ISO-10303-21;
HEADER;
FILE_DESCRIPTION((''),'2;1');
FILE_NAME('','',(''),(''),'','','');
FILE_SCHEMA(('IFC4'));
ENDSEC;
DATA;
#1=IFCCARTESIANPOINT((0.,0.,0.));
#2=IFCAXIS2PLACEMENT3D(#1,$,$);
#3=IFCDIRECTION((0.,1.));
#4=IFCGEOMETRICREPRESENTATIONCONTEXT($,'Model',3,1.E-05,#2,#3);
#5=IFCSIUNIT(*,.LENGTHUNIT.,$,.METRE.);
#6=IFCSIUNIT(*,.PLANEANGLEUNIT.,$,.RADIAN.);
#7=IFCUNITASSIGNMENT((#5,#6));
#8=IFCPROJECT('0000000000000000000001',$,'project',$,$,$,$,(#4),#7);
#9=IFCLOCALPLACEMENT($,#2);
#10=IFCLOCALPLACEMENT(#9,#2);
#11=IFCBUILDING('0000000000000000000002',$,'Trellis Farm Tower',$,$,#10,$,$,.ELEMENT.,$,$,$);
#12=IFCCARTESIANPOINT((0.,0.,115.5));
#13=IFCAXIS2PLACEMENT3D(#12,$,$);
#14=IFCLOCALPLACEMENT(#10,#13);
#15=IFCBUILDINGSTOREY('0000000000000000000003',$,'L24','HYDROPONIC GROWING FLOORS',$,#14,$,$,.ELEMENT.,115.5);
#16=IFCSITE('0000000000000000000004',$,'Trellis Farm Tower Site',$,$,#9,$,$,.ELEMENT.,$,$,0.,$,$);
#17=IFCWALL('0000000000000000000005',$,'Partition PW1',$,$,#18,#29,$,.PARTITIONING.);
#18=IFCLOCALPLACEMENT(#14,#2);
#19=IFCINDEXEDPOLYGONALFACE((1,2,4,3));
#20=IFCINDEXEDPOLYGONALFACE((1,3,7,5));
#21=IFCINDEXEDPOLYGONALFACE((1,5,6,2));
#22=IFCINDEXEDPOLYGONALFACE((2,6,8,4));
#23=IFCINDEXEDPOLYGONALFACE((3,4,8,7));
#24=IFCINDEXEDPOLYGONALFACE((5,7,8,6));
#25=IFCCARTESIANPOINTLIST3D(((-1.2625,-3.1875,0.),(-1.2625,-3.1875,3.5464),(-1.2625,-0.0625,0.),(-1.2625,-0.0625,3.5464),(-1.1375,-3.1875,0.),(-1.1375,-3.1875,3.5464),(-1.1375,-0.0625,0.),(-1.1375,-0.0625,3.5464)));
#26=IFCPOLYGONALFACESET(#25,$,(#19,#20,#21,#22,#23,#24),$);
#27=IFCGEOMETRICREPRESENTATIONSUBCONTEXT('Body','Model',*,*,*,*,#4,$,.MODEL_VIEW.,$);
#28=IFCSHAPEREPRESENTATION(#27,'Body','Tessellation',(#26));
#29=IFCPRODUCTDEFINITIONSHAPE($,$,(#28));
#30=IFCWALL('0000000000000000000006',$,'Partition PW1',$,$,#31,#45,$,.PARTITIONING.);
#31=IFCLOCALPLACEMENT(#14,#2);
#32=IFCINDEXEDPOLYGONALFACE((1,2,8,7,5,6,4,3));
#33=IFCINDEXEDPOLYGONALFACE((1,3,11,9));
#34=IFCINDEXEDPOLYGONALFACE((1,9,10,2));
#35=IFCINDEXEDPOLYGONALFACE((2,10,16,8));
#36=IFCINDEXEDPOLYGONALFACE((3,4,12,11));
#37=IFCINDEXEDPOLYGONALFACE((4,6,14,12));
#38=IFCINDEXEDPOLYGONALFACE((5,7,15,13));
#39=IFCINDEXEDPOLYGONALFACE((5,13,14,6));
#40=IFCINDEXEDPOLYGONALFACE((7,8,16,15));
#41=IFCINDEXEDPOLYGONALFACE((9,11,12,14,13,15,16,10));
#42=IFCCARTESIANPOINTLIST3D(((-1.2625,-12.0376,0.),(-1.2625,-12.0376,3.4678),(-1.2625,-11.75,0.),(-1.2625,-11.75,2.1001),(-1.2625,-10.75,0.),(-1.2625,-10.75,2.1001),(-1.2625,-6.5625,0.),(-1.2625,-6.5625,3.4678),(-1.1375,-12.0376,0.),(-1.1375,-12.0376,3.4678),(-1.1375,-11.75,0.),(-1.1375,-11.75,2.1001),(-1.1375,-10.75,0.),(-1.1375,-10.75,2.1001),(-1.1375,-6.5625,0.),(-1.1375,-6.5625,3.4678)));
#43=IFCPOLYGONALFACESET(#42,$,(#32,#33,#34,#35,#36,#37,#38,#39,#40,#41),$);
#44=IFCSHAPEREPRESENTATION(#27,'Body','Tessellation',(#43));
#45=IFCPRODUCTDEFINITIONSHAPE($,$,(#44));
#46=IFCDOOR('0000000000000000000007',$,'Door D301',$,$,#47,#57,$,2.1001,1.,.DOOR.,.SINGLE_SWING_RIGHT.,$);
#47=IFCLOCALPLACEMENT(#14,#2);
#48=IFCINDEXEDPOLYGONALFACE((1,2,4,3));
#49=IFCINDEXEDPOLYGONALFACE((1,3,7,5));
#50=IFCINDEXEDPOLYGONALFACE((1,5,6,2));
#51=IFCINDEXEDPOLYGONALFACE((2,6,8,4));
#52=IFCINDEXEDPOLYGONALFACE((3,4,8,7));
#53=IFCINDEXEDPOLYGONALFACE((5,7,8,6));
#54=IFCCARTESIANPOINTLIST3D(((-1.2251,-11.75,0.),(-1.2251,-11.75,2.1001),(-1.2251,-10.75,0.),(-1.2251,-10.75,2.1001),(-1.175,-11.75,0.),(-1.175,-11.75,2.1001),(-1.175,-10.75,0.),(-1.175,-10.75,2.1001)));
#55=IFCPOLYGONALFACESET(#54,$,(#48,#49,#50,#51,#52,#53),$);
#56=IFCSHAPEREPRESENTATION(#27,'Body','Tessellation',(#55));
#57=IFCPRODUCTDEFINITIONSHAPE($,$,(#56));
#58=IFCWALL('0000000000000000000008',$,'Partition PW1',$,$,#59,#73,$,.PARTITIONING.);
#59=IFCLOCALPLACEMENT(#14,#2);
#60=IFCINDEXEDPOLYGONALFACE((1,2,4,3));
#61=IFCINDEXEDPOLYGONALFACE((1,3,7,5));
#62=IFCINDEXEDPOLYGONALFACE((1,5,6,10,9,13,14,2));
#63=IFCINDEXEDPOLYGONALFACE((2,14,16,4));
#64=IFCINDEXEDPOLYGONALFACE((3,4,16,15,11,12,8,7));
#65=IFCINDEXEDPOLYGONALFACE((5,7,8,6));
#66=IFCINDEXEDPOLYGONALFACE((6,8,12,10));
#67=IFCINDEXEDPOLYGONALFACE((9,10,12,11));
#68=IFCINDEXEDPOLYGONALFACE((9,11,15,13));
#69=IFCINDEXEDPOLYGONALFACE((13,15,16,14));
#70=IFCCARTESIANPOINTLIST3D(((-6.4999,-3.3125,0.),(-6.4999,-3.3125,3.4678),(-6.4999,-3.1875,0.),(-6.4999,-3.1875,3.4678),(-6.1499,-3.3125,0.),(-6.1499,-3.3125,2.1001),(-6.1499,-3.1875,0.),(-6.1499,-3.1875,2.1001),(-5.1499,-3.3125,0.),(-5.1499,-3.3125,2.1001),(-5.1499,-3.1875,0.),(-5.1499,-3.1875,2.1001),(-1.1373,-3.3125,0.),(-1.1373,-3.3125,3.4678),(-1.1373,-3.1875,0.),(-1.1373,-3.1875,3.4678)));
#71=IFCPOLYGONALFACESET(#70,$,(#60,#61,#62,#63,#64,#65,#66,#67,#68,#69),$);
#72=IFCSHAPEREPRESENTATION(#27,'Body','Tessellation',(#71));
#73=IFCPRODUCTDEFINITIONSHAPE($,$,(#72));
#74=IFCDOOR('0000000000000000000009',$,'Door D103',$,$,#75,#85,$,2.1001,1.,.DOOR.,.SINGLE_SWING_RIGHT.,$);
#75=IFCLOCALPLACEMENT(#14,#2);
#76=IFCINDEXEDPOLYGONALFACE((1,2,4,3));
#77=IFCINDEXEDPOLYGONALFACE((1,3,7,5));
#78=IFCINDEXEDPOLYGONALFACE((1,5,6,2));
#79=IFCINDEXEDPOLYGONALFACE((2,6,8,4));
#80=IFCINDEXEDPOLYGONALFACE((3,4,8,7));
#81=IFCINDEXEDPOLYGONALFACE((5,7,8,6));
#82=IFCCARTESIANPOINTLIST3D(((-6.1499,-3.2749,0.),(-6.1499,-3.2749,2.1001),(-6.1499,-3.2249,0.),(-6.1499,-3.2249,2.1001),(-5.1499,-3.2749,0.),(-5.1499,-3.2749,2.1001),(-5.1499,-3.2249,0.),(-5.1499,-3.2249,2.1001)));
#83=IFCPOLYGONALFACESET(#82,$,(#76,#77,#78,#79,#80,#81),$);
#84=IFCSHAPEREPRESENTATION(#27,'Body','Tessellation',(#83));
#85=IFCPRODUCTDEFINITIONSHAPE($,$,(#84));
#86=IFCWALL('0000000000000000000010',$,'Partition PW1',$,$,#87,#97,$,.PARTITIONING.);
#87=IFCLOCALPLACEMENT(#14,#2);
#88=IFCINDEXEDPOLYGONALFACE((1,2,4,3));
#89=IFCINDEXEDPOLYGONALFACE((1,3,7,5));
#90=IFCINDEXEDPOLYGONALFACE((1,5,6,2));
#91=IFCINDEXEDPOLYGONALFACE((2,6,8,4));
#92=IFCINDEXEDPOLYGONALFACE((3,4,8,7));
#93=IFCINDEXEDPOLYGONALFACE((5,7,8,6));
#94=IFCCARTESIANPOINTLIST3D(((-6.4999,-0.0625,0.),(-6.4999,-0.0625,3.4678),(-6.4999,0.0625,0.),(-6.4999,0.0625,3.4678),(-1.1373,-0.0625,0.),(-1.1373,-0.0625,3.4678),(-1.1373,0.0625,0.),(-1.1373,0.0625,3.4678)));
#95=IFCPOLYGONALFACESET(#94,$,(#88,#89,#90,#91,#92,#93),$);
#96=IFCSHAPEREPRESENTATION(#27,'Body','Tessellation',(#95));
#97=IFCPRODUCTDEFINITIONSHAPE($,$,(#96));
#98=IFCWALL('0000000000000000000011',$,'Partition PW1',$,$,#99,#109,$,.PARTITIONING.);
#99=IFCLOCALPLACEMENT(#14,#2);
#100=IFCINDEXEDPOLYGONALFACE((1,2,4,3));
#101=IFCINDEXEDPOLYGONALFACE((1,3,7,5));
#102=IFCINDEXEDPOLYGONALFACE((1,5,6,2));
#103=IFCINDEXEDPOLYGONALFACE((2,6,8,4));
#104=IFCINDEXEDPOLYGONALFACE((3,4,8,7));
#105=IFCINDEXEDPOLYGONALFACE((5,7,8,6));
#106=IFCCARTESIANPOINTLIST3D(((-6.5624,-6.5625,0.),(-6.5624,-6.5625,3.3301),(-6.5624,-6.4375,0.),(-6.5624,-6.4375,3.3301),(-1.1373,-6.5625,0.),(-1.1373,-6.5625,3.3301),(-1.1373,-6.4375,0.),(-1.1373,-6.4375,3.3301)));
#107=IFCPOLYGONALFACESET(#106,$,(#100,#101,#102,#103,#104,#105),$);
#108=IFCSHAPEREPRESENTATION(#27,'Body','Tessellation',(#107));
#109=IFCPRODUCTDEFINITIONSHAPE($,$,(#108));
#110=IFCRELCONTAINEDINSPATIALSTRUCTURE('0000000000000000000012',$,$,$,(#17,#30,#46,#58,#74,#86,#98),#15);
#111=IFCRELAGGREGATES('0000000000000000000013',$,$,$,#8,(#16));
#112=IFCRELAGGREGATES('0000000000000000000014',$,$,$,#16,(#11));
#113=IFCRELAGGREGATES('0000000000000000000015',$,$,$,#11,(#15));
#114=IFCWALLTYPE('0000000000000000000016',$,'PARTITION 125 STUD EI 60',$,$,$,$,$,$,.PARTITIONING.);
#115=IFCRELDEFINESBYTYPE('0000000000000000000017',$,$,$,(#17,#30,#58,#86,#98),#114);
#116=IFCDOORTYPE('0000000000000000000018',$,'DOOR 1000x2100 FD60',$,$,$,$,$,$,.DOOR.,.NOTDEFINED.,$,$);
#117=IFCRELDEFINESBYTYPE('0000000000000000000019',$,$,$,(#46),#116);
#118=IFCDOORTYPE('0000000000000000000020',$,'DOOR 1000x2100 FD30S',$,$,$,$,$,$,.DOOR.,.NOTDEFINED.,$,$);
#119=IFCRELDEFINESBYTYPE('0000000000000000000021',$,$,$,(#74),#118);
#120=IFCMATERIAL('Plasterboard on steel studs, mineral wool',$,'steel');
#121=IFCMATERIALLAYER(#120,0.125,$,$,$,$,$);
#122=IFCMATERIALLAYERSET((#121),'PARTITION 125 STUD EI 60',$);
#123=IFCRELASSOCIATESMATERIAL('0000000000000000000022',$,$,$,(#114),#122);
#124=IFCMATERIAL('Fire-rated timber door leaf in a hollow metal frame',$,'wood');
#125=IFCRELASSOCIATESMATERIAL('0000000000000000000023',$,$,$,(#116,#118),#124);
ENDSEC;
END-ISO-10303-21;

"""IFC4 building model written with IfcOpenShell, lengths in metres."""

from ifc_helpers import new_model, si_unit, direction, frame, frame_2d, origin, place, context, subcontext, project, spatial, rectangle, extrude, source, transform, mapped, material, layer, layer_set, type_object, element, fill, save


model = new_model("IFC4")

# Units and contexts
model_context = context("Model", 3, precision=1e-05, world=origin(), true_north=direction((0.0, 1.0)))
body_context = subcontext(model_context, "Body", "Model", "MODEL_VIEW")
ifc_project = project(units=[si_unit("LENGTHUNIT", "METRE"), si_unit("PLANEANGLEUNIT", "RADIAN")], contexts=[model_context])

# Site, building, storey
site_placement = place(None, origin())
site = spatial("IfcSite", under=ifc_project, at=site_placement, Name="Trellis Farm Tower Site", CompositionType="ELEMENT", RefElevation=0.0)
building_placement = place(site_placement, origin())
building = spatial("IfcBuilding", under=site, at=building_placement, Name="Trellis Farm Tower", CompositionType="ELEMENT")
storey_placement = place(building_placement, frame((0.0, 0.0, 115.5)))
storey = spatial("IfcBuildingStorey", under=building, at=storey_placement, Name="L24", Description="HYDROPONIC GROWING FLOORS", CompositionType="ELEMENT", Elevation=115.5)

# Wall
ifc_material_1 = material(Name="Plasterboard on steel studs, mineral wool", Category="steel")
ifc_layer_1 = layer(ifc_material_1, 0.125)
ifc_layer_set_1 = layer_set([ifc_layer_1], Name="PARTITION 125 STUD EI 60")
wall_type = type_object("IfcWallType", Name="PARTITION 125 STUD EI 60", PredefinedType="PARTITIONING", material=ifc_layer_set_1)
shared_shape_1 = source(origin(), body_context, "Body", "SweptSolid", [
    extrude(rectangle(XDim=3.125, YDim=0.125, at=frame_2d((1.5625, 0.0))), origin(), (0.0, 0.0, 1.0), 3.5464),
])
wall_1_placement = place(storey_placement, frame((-1.2, -0.0625, 0.0), z_axis=(0.0, 0.0, 1.0), x_axis=(0.0, -1.0, 0.0)))
element("IfcWall", 1, at=wall_1_placement, inside=storey, type_object=wall_type, Name="Partition PW1", PredefinedType="PARTITIONING", context=body_context, shape_type="MappedRepresentation", body=[
    mapped(shared_shape_1, transform((0.0, 0.0, 0.0))),
])

# Walls, openings, doors
shared_shape_2 = source(origin(), body_context, "Body", "SweptSolid", [
    extrude(rectangle(XDim=5.4751, YDim=0.125, at=frame_2d((2.7375, 0.0))), origin(), (0.0, 0.0, 1.0), 3.4678),
])
wall_2_placement = place(storey_placement, frame((-1.2, -6.5625, 0.0), z_axis=(0.0, 0.0, 1.0), x_axis=(0.0, -1.0, 0.0)))
wall_2 = element("IfcWall", 2, at=wall_2_placement, inside=storey, type_object=wall_type, Name="Partition PW1", PredefinedType="PARTITIONING", context=body_context, shape_type="MappedRepresentation", body=[
    mapped(shared_shape_2, transform((0.0, 0.0, 0.0))),
])
shared_shape_3 = source(origin(), body_context, "Body", "SweptSolid", [
    extrude(rectangle(XDim=1.0, YDim=2.1001, at=frame_2d((0.5, 1.05))), frame((0.0, 0.0725, 0.0), z_axis=(0.0, -1.0, 0.0), x_axis=(1.0, 0.0, 0.0)), (0.0, 0.0, 1.0), 0.145),
])
opening_1_placement = place(wall_2_placement, frame((4.1875, 0.0, 0.0)))
opening_1 = element("IfcOpeningElement", 3, at=opening_1_placement, cuts=wall_2, PredefinedType="OPENING", context=body_context, shape_type="MappedRepresentation", body=[
    mapped(shared_shape_3, transform((0.0, 0.0, 0.0))),
])
ifc_material_2 = material(Name="Fire-rated timber door leaf in a hollow metal frame", Category="wood")
door_type_1 = type_object("IfcDoorType", Name="DOOR 1000x2100 FD60", OperationType="NOTDEFINED", PredefinedType="DOOR", material=ifc_material_2)
shared_shape_4 = source(origin(), body_context, "Body", "SweptSolid", [
    extrude(rectangle(XDim=1.0, YDim=2.1001, at=frame_2d((0.5, 1.05))), frame((0.0, 0.0249, 0.0), z_axis=(0.0, -1.0, 0.0), x_axis=(1.0, 0.0, 0.0)), (0.0, 0.0, 1.0), 0.05),
])
door_1_placement = place(opening_1_placement, origin())
door_1 = element("IfcDoor", 4, at=door_1_placement, inside=storey, type_object=door_type_1, Name="Door D301", OperationType="SINGLE_SWING_RIGHT", OverallHeight=2.1001, OverallWidth=1.0, PredefinedType="DOOR", context=body_context, shape_type="MappedRepresentation", body=[
    mapped(shared_shape_4, transform((0.0, 0.0, 0.0))),
])
fill(opening_1, door_1)
shared_shape_5 = source(origin(), body_context, "Body", "SweptSolid", [
    extrude(rectangle(XDim=5.3625, YDim=0.125, at=frame_2d((2.6812, 0.0))), origin(), (0.0, 0.0, 1.0), 3.4678),
])
wall_3_placement = place(storey_placement, frame((-1.1375, -3.25, 0.0), z_axis=(0.0, 0.0, 1.0), x_axis=(-1.0, 0.0, 0.0)))
wall_3 = element("IfcWall", 5, at=wall_3_placement, inside=storey, type_object=wall_type, Name="Partition PW1", PredefinedType="PARTITIONING", context=body_context, shape_type="MappedRepresentation", body=[
    mapped(shared_shape_5, transform((0.0, 0.0, 0.0))),
])
opening_2_placement = place(wall_3_placement, frame((4.0125, 0.0, 0.0)))
opening_2 = element("IfcOpeningElement", 6, at=opening_2_placement, cuts=wall_3, PredefinedType="OPENING", context=body_context, shape_type="MappedRepresentation", body=[
    mapped(shared_shape_3, transform((0.0, 0.0, 0.0))),
])
door_type_2 = type_object("IfcDoorType", Name="DOOR 1000x2100 FD30S", OperationType="NOTDEFINED", PredefinedType="DOOR", material=ifc_material_2)
door_2_placement = place(opening_2_placement, origin())
door_2 = element("IfcDoor", 7, at=door_2_placement, inside=storey, type_object=door_type_2, Name="Door D103", OperationType="SINGLE_SWING_RIGHT", OverallHeight=2.1001, OverallWidth=1.0, PredefinedType="DOOR", context=body_context, shape_type="MappedRepresentation", body=[
    mapped(shared_shape_4, transform((0.0, 0.0, 0.0))),
])
fill(opening_2, door_2)

# Walls
wall_4_placement = place(storey_placement, frame((-1.1375, 0.0, 0.0), z_axis=(0.0, 0.0, 1.0), x_axis=(-1.0, 0.0, 0.0)))
element("IfcWall", 8, at=wall_4_placement, inside=storey, type_object=wall_type, Name="Partition PW1", PredefinedType="PARTITIONING", context=body_context, shape_type="MappedRepresentation", body=[
    mapped(shared_shape_5, transform((0.0, 0.0, 0.0))),
])
shared_shape_6 = source(origin(), body_context, "Body", "SweptSolid", [
    extrude(rectangle(XDim=5.425, YDim=0.125, at=frame_2d((2.7124, 0.0))), origin(), (0.0, 0.0, 1.0), 3.3301),
])
wall_5_placement = place(storey_placement, frame((-1.1375, -6.5, 0.0), z_axis=(0.0, 0.0, 1.0), x_axis=(-1.0, 0.0, 0.0)))
element("IfcWall", 9, at=wall_5_placement, inside=storey, type_object=wall_type, Name="Partition PW1", PredefinedType="PARTITIONING", context=body_context, shape_type="MappedRepresentation", body=[
    mapped(shared_shape_6, transform((0.0, 0.0, 0.0))),
])

save(model, "model.ifc")
